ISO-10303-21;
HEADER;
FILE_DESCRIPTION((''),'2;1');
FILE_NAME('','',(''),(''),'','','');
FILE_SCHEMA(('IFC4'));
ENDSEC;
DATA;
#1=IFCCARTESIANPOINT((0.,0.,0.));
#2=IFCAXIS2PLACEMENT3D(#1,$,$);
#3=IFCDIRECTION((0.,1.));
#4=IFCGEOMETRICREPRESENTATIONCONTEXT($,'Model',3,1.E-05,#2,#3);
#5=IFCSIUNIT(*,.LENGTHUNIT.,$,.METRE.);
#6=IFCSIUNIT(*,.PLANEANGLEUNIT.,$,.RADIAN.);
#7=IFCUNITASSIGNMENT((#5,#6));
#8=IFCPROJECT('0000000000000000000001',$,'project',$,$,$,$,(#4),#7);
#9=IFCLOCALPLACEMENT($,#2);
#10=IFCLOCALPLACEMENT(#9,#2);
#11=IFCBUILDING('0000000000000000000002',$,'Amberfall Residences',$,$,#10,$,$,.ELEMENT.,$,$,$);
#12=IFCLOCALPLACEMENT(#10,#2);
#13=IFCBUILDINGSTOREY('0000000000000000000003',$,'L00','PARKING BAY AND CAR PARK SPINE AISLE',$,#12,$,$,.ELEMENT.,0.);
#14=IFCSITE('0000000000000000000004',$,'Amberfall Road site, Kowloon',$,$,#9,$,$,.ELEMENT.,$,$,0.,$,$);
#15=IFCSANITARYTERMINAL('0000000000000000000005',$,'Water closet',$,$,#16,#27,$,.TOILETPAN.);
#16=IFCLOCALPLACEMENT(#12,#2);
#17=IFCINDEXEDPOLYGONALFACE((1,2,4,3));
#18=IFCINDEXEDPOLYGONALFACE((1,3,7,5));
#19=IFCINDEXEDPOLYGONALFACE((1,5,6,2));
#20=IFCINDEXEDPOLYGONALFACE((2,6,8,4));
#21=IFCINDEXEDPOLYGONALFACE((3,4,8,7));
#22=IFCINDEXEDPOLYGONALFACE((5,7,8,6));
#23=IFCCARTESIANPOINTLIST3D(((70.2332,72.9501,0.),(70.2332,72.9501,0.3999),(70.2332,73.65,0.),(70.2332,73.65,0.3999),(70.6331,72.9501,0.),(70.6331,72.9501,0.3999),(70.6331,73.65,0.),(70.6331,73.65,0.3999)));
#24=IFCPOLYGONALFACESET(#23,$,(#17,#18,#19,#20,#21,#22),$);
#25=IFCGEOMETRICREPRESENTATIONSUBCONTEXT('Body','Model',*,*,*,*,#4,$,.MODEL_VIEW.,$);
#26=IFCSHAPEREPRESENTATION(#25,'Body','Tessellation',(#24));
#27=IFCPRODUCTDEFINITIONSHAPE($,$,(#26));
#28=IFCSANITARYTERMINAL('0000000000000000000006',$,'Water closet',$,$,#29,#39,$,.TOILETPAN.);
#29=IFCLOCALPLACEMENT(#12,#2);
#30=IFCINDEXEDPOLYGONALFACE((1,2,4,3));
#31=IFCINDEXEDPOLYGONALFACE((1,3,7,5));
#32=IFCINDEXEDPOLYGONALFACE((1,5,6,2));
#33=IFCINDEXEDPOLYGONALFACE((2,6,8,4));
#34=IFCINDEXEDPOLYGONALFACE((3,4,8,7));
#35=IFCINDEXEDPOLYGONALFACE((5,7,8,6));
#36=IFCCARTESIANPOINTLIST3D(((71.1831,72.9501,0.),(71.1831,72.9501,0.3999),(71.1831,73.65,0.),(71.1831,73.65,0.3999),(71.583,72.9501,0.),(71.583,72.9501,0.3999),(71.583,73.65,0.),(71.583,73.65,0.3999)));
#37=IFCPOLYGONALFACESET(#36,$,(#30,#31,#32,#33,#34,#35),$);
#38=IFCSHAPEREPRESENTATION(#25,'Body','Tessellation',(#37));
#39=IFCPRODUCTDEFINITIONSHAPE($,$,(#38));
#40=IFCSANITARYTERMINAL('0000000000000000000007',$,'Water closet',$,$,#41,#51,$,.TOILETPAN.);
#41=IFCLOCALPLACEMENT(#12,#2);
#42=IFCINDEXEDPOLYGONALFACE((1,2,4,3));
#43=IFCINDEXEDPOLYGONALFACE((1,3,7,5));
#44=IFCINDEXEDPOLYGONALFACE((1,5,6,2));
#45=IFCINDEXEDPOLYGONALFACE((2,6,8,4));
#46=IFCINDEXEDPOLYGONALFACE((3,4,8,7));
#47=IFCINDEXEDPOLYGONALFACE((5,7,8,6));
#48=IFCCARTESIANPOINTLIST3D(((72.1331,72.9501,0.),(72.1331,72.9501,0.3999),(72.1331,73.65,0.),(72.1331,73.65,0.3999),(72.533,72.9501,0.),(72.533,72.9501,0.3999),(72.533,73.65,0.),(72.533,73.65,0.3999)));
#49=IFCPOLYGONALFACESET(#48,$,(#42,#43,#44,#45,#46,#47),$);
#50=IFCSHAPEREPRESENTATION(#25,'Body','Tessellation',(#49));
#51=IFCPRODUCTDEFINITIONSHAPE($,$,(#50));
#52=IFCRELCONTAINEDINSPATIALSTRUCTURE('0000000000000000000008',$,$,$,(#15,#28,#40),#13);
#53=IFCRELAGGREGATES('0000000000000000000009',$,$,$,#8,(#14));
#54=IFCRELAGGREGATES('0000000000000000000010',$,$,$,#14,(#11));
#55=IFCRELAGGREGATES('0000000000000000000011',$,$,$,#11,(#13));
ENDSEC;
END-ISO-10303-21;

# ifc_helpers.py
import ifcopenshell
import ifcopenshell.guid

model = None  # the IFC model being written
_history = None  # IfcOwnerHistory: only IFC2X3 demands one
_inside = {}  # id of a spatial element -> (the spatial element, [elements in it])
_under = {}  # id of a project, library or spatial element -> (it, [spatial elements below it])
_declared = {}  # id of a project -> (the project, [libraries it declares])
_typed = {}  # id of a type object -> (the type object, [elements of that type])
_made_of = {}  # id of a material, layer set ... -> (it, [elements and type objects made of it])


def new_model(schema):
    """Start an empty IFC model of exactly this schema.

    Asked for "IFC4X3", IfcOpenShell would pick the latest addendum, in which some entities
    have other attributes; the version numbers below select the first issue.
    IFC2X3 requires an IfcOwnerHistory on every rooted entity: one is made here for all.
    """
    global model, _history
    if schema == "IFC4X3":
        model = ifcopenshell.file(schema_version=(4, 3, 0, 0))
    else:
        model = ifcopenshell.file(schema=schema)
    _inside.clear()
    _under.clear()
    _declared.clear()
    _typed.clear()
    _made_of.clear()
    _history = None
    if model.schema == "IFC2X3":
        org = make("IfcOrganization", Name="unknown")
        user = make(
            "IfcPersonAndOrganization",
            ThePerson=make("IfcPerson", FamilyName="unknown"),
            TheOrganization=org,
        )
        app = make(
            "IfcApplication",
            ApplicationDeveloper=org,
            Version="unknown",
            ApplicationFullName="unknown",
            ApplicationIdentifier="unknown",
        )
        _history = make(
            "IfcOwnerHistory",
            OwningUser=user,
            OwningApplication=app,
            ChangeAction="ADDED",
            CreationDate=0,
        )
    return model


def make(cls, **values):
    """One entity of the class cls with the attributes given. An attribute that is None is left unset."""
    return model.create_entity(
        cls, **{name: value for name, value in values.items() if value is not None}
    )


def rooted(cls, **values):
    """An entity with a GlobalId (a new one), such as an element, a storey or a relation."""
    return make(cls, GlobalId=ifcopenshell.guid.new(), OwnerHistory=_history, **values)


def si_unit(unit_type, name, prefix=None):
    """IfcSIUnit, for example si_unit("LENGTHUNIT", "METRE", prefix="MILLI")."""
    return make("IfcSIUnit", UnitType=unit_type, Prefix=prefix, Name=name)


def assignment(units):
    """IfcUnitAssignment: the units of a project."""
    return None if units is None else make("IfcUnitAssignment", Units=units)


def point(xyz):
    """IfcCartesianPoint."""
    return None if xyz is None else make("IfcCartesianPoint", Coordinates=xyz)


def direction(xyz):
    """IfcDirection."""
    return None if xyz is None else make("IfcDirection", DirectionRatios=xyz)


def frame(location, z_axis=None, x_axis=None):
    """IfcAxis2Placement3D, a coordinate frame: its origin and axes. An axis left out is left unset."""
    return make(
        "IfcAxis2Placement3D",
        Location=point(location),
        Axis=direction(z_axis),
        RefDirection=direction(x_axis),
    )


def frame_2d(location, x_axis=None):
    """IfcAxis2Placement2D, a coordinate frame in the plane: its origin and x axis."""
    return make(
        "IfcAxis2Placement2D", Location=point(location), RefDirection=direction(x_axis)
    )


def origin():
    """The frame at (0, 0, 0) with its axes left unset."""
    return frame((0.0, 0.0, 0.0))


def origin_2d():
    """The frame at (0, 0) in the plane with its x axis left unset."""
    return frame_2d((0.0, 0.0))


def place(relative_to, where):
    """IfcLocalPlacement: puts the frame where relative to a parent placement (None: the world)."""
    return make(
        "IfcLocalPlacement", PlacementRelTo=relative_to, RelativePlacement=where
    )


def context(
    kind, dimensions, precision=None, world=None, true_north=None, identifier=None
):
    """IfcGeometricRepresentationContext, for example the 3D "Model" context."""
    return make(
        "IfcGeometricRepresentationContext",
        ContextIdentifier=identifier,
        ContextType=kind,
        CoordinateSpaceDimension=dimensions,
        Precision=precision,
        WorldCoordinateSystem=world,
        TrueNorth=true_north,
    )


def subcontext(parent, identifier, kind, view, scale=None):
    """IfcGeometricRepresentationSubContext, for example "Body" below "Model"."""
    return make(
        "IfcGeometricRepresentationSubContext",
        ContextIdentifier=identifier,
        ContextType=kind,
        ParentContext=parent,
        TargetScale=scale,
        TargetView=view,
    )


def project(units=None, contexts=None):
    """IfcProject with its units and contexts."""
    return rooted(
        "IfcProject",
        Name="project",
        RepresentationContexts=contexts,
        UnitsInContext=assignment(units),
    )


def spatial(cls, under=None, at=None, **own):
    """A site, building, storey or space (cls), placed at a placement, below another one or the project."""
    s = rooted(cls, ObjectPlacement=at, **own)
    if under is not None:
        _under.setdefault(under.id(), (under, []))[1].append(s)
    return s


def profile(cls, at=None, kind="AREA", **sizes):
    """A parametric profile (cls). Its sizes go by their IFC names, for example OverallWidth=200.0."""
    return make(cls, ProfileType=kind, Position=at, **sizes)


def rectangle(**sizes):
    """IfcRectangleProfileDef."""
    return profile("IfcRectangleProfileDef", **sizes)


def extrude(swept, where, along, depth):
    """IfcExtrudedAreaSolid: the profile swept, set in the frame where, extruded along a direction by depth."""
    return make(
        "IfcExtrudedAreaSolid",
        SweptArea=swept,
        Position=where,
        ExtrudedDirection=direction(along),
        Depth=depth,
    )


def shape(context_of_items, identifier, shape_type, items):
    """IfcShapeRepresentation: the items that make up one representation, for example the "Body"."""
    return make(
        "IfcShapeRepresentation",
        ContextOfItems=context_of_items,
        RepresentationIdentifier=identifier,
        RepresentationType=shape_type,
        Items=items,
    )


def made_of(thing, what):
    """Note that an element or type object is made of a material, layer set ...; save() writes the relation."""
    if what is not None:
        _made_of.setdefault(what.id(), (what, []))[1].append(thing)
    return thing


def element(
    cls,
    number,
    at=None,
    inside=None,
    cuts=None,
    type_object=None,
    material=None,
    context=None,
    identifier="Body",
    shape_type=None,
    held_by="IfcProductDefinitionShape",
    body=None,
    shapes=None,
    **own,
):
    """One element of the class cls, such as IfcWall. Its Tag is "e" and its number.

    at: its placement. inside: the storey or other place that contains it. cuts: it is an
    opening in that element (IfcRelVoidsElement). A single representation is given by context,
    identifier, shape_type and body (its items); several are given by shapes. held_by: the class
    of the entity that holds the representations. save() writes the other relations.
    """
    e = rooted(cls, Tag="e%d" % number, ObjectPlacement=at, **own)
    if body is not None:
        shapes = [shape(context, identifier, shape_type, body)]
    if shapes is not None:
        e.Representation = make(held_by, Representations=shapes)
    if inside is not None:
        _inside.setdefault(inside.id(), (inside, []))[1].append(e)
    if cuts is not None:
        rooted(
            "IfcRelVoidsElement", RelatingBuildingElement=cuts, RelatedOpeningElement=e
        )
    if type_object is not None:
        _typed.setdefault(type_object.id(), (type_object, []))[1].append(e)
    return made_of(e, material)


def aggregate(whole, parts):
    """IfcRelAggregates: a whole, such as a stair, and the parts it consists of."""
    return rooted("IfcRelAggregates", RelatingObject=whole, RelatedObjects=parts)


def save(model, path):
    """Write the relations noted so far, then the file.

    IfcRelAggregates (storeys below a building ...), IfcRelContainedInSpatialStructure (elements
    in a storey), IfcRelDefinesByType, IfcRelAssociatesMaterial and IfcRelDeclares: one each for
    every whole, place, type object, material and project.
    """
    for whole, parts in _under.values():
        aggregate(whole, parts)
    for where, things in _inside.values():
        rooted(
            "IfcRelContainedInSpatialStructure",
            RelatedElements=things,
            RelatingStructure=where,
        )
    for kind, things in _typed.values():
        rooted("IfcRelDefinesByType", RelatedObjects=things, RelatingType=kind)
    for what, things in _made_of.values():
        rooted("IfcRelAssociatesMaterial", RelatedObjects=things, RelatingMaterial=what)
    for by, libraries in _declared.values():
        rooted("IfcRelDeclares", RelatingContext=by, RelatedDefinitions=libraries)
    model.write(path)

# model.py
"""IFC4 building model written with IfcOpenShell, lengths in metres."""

from ifc_helpers import new_model, si_unit, direction, frame, origin, origin_2d, place, context, subcontext, project, spatial, rectangle, extrude, element, save


model = new_model("IFC4")

# Units and contexts
model_context = context("Model", 3, precision=1e-05, world=origin(), true_north=direction((0.0, 1.0)))
body_context = subcontext(model_context, "Body", "Model", "MODEL_VIEW")
ifc_project = project(units=[si_unit("LENGTHUNIT", "METRE"), si_unit("PLANEANGLEUNIT", "RADIAN")], contexts=[model_context])

# Site, building, storey
site_placement = place(None, origin())
site = spatial("IfcSite", under=ifc_project, at=site_placement, Name="Amberfall Road site, Kowloon", CompositionType="ELEMENT", RefElevation=0.0)
building_placement = place(site_placement, origin())
building = spatial("IfcBuilding", under=site, at=building_placement, Name="Amberfall Residences", CompositionType="ELEMENT")
storey_placement = place(building_placement, origin())
storey = spatial("IfcBuildingStorey", under=building, at=storey_placement, Name="L00", Description="PARKING BAY AND CAR PARK SPINE AISLE", CompositionType="ELEMENT", Elevation=0.0)

# Sanitary terminals
for number, where, z_axis, x_axis, name in (
    (1, (70.4331, 73.3, 0.0), (0.0, 0.0, 1.0), (1.0, 0.0, 0.0), "Water closet"),
    (2, (71.3831, 73.3, 0.0), (0.0, 0.0, 1.0), (1.0, 0.0, 0.0), "Water closet"),
    (3, (72.333, 73.3, 0.0), (0.0, 0.0, 1.0), (1.0, 0.0, 0.0), "Water closet"),
):
    element("IfcSanitaryTerminal", number, at=place(storey_placement, frame(where, z_axis=z_axis, x_axis=x_axis)), inside=storey, Name=name, PredefinedType="TOILETPAN", context=body_context, shape_type="SweptSolid", body=[
        extrude(rectangle(XDim=0.3999, YDim=0.7, at=origin_2d()), origin(), (0.0, 0.0, 1.0), 0.3999),
    ])

save(model, "model.ifc")
